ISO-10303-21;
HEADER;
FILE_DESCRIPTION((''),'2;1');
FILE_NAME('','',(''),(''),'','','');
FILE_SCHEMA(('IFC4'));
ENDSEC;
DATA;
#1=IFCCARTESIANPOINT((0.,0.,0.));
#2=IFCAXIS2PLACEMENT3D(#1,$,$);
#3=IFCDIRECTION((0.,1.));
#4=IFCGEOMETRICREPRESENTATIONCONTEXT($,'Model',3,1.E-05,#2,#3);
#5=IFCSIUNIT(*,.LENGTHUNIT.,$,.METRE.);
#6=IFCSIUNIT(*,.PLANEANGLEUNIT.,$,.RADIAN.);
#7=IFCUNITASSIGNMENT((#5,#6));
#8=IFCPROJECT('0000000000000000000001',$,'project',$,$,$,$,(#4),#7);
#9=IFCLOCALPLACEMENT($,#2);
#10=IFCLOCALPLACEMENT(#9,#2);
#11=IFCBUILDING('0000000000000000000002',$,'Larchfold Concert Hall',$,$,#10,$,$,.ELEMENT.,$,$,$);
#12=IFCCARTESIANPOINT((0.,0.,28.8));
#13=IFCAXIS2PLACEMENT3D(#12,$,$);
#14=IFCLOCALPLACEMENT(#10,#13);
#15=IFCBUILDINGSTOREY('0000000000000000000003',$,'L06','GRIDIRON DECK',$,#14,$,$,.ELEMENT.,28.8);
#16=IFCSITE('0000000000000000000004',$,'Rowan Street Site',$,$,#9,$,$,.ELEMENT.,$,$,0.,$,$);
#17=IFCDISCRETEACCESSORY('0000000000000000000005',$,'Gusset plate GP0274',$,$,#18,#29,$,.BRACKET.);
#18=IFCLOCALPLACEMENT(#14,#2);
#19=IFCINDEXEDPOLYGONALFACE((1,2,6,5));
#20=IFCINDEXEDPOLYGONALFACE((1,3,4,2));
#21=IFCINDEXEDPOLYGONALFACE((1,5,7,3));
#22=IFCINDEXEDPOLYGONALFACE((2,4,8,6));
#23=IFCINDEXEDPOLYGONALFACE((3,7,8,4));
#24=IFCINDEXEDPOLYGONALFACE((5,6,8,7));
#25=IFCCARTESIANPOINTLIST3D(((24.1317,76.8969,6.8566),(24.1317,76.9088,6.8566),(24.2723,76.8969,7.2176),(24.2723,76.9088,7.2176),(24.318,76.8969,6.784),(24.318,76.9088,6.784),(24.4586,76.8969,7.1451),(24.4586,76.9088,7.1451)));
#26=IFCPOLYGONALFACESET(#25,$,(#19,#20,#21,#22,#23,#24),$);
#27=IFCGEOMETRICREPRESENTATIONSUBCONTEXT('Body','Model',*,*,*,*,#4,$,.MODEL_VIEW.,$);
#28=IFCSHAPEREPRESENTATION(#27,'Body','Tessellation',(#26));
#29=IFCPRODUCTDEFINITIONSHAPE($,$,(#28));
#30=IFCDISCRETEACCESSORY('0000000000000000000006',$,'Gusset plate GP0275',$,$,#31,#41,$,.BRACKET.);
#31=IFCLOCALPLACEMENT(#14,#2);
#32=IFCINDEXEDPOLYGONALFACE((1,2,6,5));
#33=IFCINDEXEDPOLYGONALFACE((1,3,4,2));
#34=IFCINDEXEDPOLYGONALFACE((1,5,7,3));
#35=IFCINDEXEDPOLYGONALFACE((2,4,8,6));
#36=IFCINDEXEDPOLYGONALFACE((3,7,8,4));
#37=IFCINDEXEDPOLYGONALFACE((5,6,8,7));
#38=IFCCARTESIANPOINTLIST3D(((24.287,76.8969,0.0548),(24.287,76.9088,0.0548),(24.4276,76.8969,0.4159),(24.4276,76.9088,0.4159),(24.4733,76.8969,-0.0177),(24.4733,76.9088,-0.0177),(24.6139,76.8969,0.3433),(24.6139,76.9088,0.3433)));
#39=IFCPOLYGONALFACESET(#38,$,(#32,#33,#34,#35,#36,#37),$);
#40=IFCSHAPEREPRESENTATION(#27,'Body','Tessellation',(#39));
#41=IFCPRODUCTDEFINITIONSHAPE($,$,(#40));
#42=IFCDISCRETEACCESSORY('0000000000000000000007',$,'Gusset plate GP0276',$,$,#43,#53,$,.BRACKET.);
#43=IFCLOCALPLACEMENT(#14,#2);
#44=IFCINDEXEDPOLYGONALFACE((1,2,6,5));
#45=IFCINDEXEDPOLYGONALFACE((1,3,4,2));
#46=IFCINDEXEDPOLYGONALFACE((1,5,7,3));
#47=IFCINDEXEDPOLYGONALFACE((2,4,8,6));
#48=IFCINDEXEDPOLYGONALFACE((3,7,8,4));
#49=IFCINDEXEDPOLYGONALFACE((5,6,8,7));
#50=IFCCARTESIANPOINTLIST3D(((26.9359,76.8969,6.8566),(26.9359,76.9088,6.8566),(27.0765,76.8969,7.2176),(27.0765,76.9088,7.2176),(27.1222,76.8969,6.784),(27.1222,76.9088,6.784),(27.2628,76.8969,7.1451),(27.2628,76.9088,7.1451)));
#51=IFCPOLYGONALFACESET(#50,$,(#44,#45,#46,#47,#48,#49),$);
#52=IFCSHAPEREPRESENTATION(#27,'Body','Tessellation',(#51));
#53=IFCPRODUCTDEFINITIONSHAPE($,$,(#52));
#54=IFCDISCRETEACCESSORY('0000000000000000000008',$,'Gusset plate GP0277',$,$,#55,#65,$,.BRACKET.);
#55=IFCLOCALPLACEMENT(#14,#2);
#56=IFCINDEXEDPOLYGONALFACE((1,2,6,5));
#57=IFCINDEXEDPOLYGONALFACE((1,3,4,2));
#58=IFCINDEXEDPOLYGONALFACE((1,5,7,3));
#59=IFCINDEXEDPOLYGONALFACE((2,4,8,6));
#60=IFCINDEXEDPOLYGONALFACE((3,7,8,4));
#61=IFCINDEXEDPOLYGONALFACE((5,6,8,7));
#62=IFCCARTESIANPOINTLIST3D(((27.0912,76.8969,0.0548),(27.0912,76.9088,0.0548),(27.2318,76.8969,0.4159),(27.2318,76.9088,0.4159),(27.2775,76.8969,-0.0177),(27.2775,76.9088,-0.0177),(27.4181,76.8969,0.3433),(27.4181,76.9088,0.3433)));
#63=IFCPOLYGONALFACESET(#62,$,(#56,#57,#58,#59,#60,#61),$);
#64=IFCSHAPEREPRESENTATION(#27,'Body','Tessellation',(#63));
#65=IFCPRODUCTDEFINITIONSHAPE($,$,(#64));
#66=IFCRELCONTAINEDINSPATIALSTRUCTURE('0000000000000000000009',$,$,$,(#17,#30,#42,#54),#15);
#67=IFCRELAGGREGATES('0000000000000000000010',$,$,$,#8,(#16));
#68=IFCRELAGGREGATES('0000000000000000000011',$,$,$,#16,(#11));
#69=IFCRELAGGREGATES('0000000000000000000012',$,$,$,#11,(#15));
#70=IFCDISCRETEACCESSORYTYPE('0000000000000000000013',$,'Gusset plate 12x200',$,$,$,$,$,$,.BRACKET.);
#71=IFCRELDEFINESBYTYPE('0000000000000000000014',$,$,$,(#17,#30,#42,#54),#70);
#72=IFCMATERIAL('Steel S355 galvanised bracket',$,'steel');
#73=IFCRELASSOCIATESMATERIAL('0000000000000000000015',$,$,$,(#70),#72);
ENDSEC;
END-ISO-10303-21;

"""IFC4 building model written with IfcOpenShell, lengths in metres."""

from ifc_helpers import new_model, si_unit, direction, frame, origin, origin_2d, place, context, subcontext, project, spatial, rectangle, extrude, material, material_profile, profile_set, type_object, element, save


model = new_model("IFC4")

# Units and contexts
model_context = context("Model", 3, precision=1e-05, world=origin(), true_north=direction((0.0, 1.0)))
body_context = subcontext(model_context, "Body", "Model", "MODEL_VIEW")
ifc_project = project(units=[si_unit("LENGTHUNIT", "METRE"), si_unit("PLANEANGLEUNIT", "RADIAN")], contexts=[model_context])

# Site, building, storey
site_placement = place(None, origin())
site = spatial("IfcSite", under=ifc_project, at=site_placement, Name="Rowan Street Site", CompositionType="ELEMENT", RefElevation=0.0)
building_placement = place(site_placement, origin())
building = spatial("IfcBuilding", under=site, at=building_placement, Name="Larchfold Concert Hall", CompositionType="ELEMENT")
storey_placement = place(building_placement, frame((0.0, 0.0, 28.8)))
storey = spatial("IfcBuildingStorey", under=building, at=storey_placement, Name="L06", Description="GRIDIRON DECK", CompositionType="ELEMENT", Elevation=28.8)

# Discrete accessories
ifc_material_1 = material(Name="Steel S355 galvanised bracket", Category="steel")
ifc_material_profile_1 = material_profile(ifc_material_1, rectangle(XDim=0.012, YDim=0.2, at=origin_2d()))
ifc_profile_set_1 = profile_set([ifc_material_profile_1], Name="Steel S355 galvanised bracket")
discrete_accessory_type_1 = type_object("IfcDiscreteAccessoryType", Name="Gusset plate 12x200", PredefinedType="BRACKET", material=ifc_profile_set_1)
for number, where, z_axis, x_axis, name in (
    (1, (24.2249, 76.9028, 6.8203), (0.362902, 0.0, 0.931827), (0.0, 1.0, 0.0), "Gusset plate GP0274"),
    (2, (24.3801, 76.9028, 0.0186), (0.362902, 0.0, 0.931827), (0.0, 1.0, 0.0), "Gusset plate GP0275"),
    (3, (27.0291, 76.9028, 6.8203), (0.362902, 0.0, 0.931827), (0.0, 1.0, 0.0), "Gusset plate GP0276"),
    (4, (27.1843, 76.9028, 0.0186), (0.362902, 0.0, 0.931827), (0.0, 1.0, 0.0), "Gusset plate GP0277"),
):
    element("IfcDiscreteAccessory", number, at=place(storey_placement, frame(where, z_axis=z_axis, x_axis=x_axis)), inside=storey, type_object=discrete_accessory_type_1, Name=name, PredefinedType="BRACKET", context=body_context, shape_type="SweptSolid", body=[
        extrude(rectangle(XDim=0.012, YDim=0.2, at=origin_2d()), origin(), (0.0, 0.0, 1.0), 0.3875),
    ])

save(model, "model.ifc")
